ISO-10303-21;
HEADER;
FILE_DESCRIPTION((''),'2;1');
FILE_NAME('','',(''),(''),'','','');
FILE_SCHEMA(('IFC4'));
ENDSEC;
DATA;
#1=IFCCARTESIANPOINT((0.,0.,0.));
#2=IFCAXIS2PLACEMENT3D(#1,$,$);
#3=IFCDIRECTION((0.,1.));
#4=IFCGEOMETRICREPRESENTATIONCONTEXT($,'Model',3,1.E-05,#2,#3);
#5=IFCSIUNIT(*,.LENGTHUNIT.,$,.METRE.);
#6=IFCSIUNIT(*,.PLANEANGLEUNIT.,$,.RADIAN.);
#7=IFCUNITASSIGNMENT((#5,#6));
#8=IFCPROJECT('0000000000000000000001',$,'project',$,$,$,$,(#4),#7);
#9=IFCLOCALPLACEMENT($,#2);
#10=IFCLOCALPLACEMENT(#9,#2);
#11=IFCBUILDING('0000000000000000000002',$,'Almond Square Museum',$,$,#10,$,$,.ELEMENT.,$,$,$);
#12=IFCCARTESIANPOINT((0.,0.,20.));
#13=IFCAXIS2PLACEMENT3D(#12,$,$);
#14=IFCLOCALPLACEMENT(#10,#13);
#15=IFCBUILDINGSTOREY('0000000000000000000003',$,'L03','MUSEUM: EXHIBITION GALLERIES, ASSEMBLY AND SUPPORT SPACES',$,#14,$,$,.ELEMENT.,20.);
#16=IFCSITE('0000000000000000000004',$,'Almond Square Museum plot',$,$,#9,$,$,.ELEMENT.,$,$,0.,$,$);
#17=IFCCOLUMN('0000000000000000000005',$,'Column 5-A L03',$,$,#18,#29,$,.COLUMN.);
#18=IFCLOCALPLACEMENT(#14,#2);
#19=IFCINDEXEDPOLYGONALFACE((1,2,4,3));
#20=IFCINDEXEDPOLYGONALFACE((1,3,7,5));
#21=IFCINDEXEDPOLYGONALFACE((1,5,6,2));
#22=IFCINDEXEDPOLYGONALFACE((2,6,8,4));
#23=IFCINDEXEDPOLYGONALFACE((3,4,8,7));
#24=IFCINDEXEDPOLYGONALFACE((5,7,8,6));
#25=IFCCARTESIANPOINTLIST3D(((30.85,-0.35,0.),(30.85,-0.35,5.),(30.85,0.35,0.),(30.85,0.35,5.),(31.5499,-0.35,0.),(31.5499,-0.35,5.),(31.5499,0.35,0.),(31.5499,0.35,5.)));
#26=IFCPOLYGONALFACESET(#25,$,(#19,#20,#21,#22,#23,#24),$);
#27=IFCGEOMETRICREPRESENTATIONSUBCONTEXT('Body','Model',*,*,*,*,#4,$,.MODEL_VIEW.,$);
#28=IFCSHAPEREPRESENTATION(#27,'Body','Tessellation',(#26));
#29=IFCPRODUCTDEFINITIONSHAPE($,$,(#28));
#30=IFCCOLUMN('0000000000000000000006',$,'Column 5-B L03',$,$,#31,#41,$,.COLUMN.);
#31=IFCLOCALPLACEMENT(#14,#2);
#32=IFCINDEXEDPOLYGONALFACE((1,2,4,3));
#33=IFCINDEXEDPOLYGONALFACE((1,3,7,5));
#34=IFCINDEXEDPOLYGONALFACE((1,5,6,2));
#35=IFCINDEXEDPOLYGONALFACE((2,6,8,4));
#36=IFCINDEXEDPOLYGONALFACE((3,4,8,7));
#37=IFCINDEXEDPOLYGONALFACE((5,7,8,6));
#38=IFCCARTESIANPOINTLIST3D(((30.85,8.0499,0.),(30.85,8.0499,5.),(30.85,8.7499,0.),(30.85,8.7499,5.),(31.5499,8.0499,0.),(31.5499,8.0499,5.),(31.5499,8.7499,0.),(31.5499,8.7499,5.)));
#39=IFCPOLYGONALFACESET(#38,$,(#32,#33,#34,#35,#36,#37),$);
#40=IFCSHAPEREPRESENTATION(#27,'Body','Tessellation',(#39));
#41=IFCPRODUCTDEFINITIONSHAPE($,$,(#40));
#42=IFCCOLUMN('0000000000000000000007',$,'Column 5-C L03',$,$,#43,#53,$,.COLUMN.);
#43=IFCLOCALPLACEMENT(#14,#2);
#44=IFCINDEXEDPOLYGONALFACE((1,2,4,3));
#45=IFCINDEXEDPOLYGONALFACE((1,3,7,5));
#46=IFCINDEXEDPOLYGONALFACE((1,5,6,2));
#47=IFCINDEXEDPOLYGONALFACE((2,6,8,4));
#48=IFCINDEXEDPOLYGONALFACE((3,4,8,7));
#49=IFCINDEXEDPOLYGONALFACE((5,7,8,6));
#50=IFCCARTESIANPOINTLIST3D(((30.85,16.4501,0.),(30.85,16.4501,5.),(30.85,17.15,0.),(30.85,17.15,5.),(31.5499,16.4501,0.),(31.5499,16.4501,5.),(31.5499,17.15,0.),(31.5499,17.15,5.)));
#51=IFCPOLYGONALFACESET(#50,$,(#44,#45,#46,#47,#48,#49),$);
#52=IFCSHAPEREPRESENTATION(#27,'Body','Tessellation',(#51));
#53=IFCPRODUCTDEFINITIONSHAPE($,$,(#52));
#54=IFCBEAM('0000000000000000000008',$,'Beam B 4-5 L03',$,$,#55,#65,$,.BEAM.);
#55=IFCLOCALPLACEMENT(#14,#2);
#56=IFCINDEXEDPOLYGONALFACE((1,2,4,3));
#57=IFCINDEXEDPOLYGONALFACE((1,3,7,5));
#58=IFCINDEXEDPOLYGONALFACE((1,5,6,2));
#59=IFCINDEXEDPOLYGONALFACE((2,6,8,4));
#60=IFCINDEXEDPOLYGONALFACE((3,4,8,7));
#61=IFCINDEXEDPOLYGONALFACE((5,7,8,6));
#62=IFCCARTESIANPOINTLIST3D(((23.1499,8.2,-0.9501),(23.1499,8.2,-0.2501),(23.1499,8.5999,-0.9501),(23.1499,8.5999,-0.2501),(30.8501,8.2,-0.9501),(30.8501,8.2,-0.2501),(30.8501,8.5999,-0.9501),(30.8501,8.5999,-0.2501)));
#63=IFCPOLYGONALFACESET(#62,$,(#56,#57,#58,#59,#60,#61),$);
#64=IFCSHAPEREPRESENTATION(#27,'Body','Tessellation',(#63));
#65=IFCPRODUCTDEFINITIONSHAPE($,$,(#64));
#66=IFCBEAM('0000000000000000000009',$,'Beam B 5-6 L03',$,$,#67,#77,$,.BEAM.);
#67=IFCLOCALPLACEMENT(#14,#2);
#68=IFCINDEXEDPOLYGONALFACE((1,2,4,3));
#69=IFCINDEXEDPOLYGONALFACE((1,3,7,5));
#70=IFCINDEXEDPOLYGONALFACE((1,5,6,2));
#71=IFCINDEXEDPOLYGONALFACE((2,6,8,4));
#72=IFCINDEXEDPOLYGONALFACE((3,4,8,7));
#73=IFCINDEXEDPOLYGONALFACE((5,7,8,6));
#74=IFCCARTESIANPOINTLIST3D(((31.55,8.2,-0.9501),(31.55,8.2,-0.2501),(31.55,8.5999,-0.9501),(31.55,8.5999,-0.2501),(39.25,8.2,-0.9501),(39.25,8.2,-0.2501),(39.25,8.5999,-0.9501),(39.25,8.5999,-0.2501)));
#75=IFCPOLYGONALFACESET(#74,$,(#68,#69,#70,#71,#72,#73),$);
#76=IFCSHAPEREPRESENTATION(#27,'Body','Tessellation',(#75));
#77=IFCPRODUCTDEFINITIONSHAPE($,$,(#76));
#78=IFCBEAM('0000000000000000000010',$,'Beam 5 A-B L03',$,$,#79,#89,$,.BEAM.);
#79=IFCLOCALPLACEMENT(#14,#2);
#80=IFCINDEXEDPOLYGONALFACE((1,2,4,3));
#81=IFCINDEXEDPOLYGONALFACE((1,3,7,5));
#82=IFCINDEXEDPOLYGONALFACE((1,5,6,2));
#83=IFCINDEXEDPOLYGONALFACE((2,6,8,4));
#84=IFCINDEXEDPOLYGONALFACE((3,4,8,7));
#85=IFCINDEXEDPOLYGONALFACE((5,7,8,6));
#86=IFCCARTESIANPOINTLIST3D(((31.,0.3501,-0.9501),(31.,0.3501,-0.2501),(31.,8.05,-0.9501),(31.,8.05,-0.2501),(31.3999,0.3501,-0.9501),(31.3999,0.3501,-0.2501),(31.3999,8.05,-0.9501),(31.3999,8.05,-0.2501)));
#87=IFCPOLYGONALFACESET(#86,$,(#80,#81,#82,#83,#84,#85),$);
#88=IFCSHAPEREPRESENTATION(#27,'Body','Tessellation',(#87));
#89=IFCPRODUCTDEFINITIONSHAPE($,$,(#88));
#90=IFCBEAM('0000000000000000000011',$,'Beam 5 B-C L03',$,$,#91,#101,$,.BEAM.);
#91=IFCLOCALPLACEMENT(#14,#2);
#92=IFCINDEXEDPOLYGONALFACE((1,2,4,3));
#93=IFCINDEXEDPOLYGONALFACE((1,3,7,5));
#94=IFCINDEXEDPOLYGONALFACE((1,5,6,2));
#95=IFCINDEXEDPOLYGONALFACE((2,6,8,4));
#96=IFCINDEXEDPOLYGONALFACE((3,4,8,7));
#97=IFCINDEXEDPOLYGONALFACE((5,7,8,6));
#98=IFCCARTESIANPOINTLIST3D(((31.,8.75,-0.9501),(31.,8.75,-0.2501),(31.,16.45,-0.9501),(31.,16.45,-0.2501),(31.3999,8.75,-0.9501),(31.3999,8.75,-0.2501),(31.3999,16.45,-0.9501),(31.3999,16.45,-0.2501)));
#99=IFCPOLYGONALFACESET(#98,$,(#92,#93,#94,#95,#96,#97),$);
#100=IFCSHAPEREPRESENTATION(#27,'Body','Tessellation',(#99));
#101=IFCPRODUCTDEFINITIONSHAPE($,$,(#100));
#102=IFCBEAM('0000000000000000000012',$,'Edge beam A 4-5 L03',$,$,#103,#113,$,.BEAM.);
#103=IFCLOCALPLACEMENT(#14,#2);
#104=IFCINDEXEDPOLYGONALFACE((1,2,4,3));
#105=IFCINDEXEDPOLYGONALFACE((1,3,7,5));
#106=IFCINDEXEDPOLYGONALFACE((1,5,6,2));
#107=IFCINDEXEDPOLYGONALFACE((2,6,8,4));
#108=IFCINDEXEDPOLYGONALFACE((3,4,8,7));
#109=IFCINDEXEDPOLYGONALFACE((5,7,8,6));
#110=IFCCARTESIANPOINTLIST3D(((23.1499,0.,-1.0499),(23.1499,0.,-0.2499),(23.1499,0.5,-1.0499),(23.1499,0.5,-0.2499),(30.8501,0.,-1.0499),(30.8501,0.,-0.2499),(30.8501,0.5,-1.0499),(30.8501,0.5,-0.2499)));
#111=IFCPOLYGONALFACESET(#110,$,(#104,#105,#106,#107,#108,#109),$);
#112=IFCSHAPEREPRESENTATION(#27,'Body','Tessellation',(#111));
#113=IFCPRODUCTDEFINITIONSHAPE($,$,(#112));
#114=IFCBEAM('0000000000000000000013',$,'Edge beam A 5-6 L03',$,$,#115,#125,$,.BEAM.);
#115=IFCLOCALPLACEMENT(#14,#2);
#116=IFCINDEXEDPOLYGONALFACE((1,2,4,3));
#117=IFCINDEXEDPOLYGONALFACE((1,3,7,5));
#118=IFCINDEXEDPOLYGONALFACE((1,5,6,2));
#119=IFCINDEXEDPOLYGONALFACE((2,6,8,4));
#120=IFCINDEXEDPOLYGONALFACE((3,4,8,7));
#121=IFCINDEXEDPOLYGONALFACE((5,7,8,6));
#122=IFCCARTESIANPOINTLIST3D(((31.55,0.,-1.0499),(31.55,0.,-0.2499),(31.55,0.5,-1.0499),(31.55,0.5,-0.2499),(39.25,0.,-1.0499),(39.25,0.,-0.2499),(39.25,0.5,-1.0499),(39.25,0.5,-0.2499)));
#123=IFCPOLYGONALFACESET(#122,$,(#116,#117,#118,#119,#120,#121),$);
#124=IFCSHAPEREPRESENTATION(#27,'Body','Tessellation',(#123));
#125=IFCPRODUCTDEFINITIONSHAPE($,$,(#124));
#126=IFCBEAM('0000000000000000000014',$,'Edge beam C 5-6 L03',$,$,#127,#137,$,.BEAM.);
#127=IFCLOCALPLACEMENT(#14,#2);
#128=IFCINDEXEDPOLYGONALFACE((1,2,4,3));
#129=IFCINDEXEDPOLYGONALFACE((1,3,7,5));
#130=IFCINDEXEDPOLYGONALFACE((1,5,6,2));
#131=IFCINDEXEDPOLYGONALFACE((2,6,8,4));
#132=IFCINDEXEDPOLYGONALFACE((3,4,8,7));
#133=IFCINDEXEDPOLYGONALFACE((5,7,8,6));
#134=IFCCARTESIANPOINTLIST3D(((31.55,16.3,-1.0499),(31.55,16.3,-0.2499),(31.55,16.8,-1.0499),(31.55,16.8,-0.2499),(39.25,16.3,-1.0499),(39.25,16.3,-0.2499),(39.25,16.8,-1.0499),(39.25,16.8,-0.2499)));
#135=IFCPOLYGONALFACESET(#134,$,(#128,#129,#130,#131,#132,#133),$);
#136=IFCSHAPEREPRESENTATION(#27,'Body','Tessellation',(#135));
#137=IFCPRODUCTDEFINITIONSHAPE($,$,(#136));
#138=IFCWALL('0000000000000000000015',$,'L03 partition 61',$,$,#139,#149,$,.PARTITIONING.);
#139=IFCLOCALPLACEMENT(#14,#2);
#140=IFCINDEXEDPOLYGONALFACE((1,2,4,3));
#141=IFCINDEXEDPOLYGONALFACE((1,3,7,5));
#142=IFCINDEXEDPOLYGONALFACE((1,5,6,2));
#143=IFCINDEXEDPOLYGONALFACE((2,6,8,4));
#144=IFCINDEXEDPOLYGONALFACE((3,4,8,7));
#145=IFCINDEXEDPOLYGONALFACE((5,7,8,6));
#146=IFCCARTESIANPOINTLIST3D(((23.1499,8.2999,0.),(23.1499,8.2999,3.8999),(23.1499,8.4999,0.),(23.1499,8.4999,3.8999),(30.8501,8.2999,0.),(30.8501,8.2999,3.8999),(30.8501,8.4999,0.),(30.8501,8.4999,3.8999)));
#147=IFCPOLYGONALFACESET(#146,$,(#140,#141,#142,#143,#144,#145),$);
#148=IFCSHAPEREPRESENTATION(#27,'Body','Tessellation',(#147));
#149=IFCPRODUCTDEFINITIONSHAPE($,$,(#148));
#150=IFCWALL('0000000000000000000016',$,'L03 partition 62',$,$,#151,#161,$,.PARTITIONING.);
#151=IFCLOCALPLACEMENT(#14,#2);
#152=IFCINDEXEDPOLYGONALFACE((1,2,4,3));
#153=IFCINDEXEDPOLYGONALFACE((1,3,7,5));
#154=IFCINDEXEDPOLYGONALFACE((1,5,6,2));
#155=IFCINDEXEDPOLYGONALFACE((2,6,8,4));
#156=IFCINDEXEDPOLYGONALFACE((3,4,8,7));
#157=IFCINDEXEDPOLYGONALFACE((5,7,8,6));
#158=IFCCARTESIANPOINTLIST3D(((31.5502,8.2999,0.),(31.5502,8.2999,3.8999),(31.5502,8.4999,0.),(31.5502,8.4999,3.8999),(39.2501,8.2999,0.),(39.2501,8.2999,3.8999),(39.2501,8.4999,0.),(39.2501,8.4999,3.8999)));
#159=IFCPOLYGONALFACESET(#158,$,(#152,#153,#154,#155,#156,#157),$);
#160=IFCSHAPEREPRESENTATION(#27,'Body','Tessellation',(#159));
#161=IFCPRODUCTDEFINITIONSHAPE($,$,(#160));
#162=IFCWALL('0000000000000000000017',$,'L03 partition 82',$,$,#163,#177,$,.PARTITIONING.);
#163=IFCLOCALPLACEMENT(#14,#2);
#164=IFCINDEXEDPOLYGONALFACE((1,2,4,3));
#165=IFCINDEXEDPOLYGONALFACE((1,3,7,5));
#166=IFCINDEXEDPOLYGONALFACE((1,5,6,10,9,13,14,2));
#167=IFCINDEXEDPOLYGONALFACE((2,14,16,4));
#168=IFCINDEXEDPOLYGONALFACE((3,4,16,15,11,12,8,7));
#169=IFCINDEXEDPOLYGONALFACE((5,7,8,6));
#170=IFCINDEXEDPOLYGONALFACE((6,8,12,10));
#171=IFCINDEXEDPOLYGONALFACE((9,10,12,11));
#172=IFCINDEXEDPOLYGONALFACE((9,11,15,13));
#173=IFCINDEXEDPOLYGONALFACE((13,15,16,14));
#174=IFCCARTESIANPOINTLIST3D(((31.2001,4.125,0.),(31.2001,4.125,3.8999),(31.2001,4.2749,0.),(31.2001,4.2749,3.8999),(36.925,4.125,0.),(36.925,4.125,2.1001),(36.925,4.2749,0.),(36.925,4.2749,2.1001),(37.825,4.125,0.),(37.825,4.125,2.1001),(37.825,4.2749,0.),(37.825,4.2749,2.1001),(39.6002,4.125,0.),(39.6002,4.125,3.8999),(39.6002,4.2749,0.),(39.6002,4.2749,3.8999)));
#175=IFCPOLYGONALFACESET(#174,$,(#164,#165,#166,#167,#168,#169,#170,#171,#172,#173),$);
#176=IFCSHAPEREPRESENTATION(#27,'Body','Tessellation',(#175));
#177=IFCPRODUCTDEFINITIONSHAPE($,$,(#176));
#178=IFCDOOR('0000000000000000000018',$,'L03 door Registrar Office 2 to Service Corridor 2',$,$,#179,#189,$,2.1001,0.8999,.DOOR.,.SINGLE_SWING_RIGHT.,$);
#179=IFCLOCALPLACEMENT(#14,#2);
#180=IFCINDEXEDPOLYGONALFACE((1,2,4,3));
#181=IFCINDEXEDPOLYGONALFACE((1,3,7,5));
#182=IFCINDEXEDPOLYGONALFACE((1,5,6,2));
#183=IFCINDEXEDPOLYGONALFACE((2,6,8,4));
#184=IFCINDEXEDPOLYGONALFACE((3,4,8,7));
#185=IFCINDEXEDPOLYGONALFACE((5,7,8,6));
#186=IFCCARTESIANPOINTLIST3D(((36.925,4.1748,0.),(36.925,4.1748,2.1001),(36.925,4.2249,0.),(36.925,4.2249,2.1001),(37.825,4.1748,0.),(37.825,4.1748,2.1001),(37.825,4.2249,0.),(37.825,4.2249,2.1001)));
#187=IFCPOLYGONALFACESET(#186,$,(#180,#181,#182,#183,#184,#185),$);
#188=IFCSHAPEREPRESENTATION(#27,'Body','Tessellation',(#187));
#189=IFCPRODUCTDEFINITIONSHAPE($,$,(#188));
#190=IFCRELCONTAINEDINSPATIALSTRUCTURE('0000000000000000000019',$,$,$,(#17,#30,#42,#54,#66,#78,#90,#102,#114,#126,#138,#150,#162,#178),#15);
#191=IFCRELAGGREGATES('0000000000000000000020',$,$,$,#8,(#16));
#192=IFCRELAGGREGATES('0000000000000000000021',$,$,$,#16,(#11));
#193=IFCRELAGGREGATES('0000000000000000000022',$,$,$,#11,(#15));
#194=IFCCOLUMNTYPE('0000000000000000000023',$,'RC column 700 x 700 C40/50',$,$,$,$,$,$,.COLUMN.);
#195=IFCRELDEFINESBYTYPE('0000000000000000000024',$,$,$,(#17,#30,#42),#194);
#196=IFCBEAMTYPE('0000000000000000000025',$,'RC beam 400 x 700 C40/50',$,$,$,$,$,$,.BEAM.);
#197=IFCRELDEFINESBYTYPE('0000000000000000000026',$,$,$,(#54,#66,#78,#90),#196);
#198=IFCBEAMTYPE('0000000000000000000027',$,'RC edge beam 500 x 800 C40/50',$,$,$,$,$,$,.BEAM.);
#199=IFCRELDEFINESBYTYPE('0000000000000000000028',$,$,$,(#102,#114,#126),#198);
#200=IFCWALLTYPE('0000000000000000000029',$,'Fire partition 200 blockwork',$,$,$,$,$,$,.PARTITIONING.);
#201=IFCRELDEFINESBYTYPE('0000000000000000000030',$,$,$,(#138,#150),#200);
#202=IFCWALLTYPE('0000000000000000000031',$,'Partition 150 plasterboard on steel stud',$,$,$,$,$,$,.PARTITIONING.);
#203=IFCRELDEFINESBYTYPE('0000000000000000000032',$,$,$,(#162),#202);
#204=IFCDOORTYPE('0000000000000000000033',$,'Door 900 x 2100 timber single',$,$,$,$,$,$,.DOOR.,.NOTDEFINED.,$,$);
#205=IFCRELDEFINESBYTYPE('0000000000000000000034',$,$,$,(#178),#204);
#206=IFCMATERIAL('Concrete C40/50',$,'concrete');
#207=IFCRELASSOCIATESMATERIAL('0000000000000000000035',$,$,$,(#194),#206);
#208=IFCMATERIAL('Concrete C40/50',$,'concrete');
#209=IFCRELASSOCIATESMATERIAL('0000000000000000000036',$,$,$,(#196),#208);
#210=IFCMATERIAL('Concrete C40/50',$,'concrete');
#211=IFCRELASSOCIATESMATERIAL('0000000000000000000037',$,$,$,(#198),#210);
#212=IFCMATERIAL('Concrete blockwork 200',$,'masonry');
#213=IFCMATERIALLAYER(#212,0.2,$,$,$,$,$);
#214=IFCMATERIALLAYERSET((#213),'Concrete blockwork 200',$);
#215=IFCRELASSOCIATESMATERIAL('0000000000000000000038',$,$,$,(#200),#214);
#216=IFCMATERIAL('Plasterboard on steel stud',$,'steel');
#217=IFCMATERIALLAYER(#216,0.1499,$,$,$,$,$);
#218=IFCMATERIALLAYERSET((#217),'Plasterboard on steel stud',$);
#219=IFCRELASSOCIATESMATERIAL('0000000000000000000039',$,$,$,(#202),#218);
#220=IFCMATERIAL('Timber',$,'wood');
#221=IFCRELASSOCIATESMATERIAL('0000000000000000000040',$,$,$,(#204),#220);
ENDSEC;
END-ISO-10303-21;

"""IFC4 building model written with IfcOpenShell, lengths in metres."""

from ifc_helpers import new_model, si_unit, direction, frame, frame_2d, origin, origin_2d, place, context, subcontext, project, spatial, rectangle, extrude, material, layer, layer_set, material_profile, profile_set, type_object, element, fill, save


model = new_model("IFC4")

# Units and contexts
model_context = context("Model", 3, precision=1e-05, world=origin(), true_north=direction((0.0, 1.0)))
body_context = subcontext(model_context, "Body", "Model", "MODEL_VIEW")
ifc_project = project(units=[si_unit("LENGTHUNIT", "METRE"), si_unit("PLANEANGLEUNIT", "RADIAN")], contexts=[model_context])

# Site, building, storey
site_placement = place(None, origin())
site = spatial("IfcSite", under=ifc_project, at=site_placement, Name="Almond Square Museum plot", CompositionType="ELEMENT", RefElevation=0.0)
building_placement = place(site_placement, origin())
building = spatial("IfcBuilding", under=site, at=building_placement, Name="Almond Square Museum", CompositionType="ELEMENT")
storey_placement = place(building_placement, frame((0.0, 0.0, 20.0)))
storey = spatial("IfcBuildingStorey", under=building, at=storey_placement, Name="L03", Description="MUSEUM: EXHIBITION GALLERIES, ASSEMBLY AND SUPPORT SPACES", CompositionType="ELEMENT", Elevation=20.0)

# Columns
ifc_material_1 = material(Name="Concrete C40/50", Category="concrete")
ifc_material_profile_1 = material_profile(ifc_material_1, rectangle(XDim=0.7, YDim=0.7, at=origin_2d()))
ifc_profile_set_1 = profile_set([ifc_material_profile_1], Name="Concrete C40/50")
column_type = type_object("IfcColumnType", Name="RC column 700 x 700 C40/50", PredefinedType="COLUMN", material=ifc_profile_set_1)
for number, where, z_axis, x_axis, name in (
    (1, (31.2, 0.0, 0.0), (0.0, 0.0, 1.0), (1.0, 0.0, 0.0), "Column 5-A L03"),
    (2, (31.2, 8.3999, 0.0), (0.0, 0.0, 1.0), (1.0, 0.0, 0.0), "Column 5-B L03"),
    (3, (31.2, 16.8, 0.0), (0.0, 0.0, 1.0), (1.0, 0.0, 0.0), "Column 5-C L03"),
):
    element("IfcColumn", number, at=place(storey_placement, frame(where, z_axis=z_axis, x_axis=x_axis)), inside=storey, type_object=column_type, Name=name, PredefinedType="COLUMN", context=body_context, shape_type="SweptSolid", body=[
        extrude(rectangle(XDim=0.7, YDim=0.7, at=origin_2d()), origin(), (0.0, 0.0, 1.0), 5.0),
    ])

# Beams
ifc_material_2 = material(Name="Concrete C40/50", Category="concrete")
ifc_material_profile_2 = material_profile(ifc_material_2, rectangle(XDim=0.3999, YDim=0.7, at=origin_2d()))
ifc_profile_set_2 = profile_set([ifc_material_profile_2], Name="Concrete C40/50")
beam_type_1 = type_object("IfcBeamType", Name="RC beam 400 x 700 C40/50", PredefinedType="BEAM", material=ifc_profile_set_2)
beam_1_placement = place(storey_placement, frame((23.1499, 8.3999, -0.6001), z_axis=(1.0, 0.0, 0.0), x_axis=(0.0, 1.0, 0.0)))
element("IfcBeam", 4, at=beam_1_placement, inside=storey, type_object=beam_type_1, Name="Beam B 4-5 L03", PredefinedType="BEAM", context=body_context, shape_type="SweptSolid", body=[
    extrude(rectangle(XDim=0.3999, YDim=0.7, at=origin_2d()), origin(), (0.0, 0.0, 1.0), 7.7002),
])
for number, where, z_axis, x_axis, name in (
    (5, (31.55, 8.3999, -0.6001), (1.0, 0.0, 0.0), (0.0, 1.0, 0.0), "Beam B 5-6 L03"),
    (6, (31.2, 0.3501, -0.6001), (0.0, 1.0, 0.0), (-1.0, 0.0, 0.0), "Beam 5 A-B L03"),
    (7, (31.2, 8.75, -0.6001), (0.0, 1.0, 0.0), (-1.0, 0.0, 0.0), "Beam 5 B-C L03"),
):
    element("IfcBeam", number, at=place(storey_placement, frame(where, z_axis=z_axis, x_axis=x_axis)), inside=storey, type_object=beam_type_1, Name=name, PredefinedType="BEAM", context=body_context, shape_type="SweptSolid", body=[
        extrude(rectangle(XDim=0.3999, YDim=0.7, at=origin_2d()), origin(), (0.0, 0.0, 1.0), 7.7),
    ])
ifc_material_3 = material(Name="Concrete C40/50", Category="concrete")
ifc_material_profile_3 = material_profile(ifc_material_3, rectangle(XDim=0.5, YDim=0.8, at=origin_2d()))
ifc_profile_set_3 = profile_set([ifc_material_profile_3], Name="Concrete C40/50")
beam_type_2 = type_object("IfcBeamType", Name="RC edge beam 500 x 800 C40/50", PredefinedType="BEAM", material=ifc_profile_set_3)
beam_2_placement = place(storey_placement, frame((23.1499, 0.25, -0.6499), z_axis=(1.0, 0.0, 0.0), x_axis=(0.0, 1.0, 0.0)))
element("IfcBeam", 8, at=beam_2_placement, inside=storey, type_object=beam_type_2, Name="Edge beam A 4-5 L03", PredefinedType="BEAM", context=body_context, shape_type="SweptSolid", body=[
    extrude(rectangle(XDim=0.5, YDim=0.8, at=origin_2d()), origin(), (0.0, 0.0, 1.0), 7.7002),
])
for number, where, z_axis, x_axis, name in (
    (9, (31.55, 0.25, -0.6499), (1.0, 0.0, 0.0), (0.0, 1.0, 0.0), "Edge beam A 5-6 L03"),
    (10, (31.55, 16.55, -0.6499), (1.0, 0.0, 0.0), (0.0, 1.0, 0.0), "Edge beam C 5-6 L03"),
):
    element("IfcBeam", number, at=place(storey_placement, frame(where, z_axis=z_axis, x_axis=x_axis)), inside=storey, type_object=beam_type_2, Name=name, PredefinedType="BEAM", context=body_context, shape_type="SweptSolid", body=[
        extrude(rectangle(XDim=0.5, YDim=0.8, at=origin_2d()), origin(), (0.0, 0.0, 1.0), 7.7),
    ])

# Walls
ifc_material_4 = material(Name="Concrete blockwork 200", Category="masonry")
ifc_layer_1 = layer(ifc_material_4, 0.2)
ifc_layer_set_1 = layer_set([ifc_layer_1], Name="Concrete blockwork 200")
wall_type_1 = type_object("IfcWallType", Name="Fire partition 200 blockwork", PredefinedType="PARTITIONING", material=ifc_layer_set_1)
wall_1_placement = place(storey_placement, frame((23.1499, 8.3999, 0.0), z_axis=(0.0, 0.0, 1.0), x_axis=(1.0, 0.0, 0.0)))
element("IfcWall", 11, at=wall_1_placement, inside=storey, type_object=wall_type_1, Name="L03 partition 61", PredefinedType="PARTITIONING", context=body_context, shape_type="SweptSolid", body=[
    extrude(rectangle(XDim=7.7002, YDim=0.2, at=frame_2d((3.8501, 0.0))), origin(), (0.0, 0.0, 1.0), 3.8999),
])
wall_2_placement = place(storey_placement, frame((31.55, 8.3999, 0.0), z_axis=(0.0, 0.0, 1.0), x_axis=(1.0, 0.0, 0.0)))
element("IfcWall", 12, at=wall_2_placement, inside=storey, type_object=wall_type_1, Name="L03 partition 62", PredefinedType="PARTITIONING", context=body_context, shape_type="SweptSolid", body=[
    extrude(rectangle(XDim=7.7, YDim=0.2, at=frame_2d((3.8501, 0.0))), origin(), (0.0, 0.0, 1.0), 3.8999),
])

# Wall, opening, door
ifc_material_5 = material(Name="Plasterboard on steel stud", Category="steel")
ifc_layer_2 = layer(ifc_material_5, 0.1499)
ifc_layer_set_2 = layer_set([ifc_layer_2], Name="Plasterboard on steel stud")
wall_type_2 = type_object("IfcWallType", Name="Partition 150 plasterboard on steel stud", PredefinedType="PARTITIONING", material=ifc_layer_set_2)
wall_3_placement = place(storey_placement, frame((31.2, 4.2, 0.0), z_axis=(0.0, 0.0, 1.0), x_axis=(1.0, 0.0, 0.0)))
wall_3 = element("IfcWall", 13, at=wall_3_placement, inside=storey, type_object=wall_type_2, Name="L03 partition 82", PredefinedType="PARTITIONING", context=body_context, shape_type="SweptSolid", body=[
    extrude(rectangle(XDim=8.4001, YDim=0.1499, at=frame_2d((4.2002, 0.0))), origin(), (0.0, 0.0, 1.0), 3.8999),
])
opening_1_placement = place(wall_3_placement, frame((5.7251, 0.0, 0.0)))
opening_1 = element("IfcOpeningElement", 14, at=opening_1_placement, cuts=wall_3, PredefinedType="OPENING", context=body_context, shape_type="SweptSolid", body=[
    extrude(rectangle(XDim=0.8999, YDim=2.1001, at=frame_2d((0.45, 1.05))), frame((0.0, 0.085, 0.0), z_axis=(0.0, -1.0, 0.0), x_axis=(1.0, 0.0, 0.0)), (0.0, 0.0, 1.0), 0.1699),
])
ifc_material_6 = material(Name="Timber", Category="wood")
door_type = type_object("IfcDoorType", Name="Door 900 x 2100 timber single", OperationType="NOTDEFINED", PredefinedType="DOOR", material=ifc_material_6)
door_placement = place(opening_1_placement, origin())
door = element("IfcDoor", 15, at=door_placement, inside=storey, type_object=door_type, Name="L03 door Registrar Office 2 to Service Corridor 2", OperationType="SINGLE_SWING_RIGHT", OverallHeight=2.1001, OverallWidth=0.8999, PredefinedType="DOOR", context=body_context, shape_type="SweptSolid", body=[
    extrude(rectangle(XDim=0.8999, YDim=2.1001, at=frame_2d((0.45, 1.05))), frame((0.0, 0.0249, 0.0), z_axis=(0.0, -1.0, 0.0), x_axis=(1.0, 0.0, 0.0)), (0.0, 0.0, 1.0), 0.05),
])
fill(opening_1, door)

save(model, "model.ifc")
